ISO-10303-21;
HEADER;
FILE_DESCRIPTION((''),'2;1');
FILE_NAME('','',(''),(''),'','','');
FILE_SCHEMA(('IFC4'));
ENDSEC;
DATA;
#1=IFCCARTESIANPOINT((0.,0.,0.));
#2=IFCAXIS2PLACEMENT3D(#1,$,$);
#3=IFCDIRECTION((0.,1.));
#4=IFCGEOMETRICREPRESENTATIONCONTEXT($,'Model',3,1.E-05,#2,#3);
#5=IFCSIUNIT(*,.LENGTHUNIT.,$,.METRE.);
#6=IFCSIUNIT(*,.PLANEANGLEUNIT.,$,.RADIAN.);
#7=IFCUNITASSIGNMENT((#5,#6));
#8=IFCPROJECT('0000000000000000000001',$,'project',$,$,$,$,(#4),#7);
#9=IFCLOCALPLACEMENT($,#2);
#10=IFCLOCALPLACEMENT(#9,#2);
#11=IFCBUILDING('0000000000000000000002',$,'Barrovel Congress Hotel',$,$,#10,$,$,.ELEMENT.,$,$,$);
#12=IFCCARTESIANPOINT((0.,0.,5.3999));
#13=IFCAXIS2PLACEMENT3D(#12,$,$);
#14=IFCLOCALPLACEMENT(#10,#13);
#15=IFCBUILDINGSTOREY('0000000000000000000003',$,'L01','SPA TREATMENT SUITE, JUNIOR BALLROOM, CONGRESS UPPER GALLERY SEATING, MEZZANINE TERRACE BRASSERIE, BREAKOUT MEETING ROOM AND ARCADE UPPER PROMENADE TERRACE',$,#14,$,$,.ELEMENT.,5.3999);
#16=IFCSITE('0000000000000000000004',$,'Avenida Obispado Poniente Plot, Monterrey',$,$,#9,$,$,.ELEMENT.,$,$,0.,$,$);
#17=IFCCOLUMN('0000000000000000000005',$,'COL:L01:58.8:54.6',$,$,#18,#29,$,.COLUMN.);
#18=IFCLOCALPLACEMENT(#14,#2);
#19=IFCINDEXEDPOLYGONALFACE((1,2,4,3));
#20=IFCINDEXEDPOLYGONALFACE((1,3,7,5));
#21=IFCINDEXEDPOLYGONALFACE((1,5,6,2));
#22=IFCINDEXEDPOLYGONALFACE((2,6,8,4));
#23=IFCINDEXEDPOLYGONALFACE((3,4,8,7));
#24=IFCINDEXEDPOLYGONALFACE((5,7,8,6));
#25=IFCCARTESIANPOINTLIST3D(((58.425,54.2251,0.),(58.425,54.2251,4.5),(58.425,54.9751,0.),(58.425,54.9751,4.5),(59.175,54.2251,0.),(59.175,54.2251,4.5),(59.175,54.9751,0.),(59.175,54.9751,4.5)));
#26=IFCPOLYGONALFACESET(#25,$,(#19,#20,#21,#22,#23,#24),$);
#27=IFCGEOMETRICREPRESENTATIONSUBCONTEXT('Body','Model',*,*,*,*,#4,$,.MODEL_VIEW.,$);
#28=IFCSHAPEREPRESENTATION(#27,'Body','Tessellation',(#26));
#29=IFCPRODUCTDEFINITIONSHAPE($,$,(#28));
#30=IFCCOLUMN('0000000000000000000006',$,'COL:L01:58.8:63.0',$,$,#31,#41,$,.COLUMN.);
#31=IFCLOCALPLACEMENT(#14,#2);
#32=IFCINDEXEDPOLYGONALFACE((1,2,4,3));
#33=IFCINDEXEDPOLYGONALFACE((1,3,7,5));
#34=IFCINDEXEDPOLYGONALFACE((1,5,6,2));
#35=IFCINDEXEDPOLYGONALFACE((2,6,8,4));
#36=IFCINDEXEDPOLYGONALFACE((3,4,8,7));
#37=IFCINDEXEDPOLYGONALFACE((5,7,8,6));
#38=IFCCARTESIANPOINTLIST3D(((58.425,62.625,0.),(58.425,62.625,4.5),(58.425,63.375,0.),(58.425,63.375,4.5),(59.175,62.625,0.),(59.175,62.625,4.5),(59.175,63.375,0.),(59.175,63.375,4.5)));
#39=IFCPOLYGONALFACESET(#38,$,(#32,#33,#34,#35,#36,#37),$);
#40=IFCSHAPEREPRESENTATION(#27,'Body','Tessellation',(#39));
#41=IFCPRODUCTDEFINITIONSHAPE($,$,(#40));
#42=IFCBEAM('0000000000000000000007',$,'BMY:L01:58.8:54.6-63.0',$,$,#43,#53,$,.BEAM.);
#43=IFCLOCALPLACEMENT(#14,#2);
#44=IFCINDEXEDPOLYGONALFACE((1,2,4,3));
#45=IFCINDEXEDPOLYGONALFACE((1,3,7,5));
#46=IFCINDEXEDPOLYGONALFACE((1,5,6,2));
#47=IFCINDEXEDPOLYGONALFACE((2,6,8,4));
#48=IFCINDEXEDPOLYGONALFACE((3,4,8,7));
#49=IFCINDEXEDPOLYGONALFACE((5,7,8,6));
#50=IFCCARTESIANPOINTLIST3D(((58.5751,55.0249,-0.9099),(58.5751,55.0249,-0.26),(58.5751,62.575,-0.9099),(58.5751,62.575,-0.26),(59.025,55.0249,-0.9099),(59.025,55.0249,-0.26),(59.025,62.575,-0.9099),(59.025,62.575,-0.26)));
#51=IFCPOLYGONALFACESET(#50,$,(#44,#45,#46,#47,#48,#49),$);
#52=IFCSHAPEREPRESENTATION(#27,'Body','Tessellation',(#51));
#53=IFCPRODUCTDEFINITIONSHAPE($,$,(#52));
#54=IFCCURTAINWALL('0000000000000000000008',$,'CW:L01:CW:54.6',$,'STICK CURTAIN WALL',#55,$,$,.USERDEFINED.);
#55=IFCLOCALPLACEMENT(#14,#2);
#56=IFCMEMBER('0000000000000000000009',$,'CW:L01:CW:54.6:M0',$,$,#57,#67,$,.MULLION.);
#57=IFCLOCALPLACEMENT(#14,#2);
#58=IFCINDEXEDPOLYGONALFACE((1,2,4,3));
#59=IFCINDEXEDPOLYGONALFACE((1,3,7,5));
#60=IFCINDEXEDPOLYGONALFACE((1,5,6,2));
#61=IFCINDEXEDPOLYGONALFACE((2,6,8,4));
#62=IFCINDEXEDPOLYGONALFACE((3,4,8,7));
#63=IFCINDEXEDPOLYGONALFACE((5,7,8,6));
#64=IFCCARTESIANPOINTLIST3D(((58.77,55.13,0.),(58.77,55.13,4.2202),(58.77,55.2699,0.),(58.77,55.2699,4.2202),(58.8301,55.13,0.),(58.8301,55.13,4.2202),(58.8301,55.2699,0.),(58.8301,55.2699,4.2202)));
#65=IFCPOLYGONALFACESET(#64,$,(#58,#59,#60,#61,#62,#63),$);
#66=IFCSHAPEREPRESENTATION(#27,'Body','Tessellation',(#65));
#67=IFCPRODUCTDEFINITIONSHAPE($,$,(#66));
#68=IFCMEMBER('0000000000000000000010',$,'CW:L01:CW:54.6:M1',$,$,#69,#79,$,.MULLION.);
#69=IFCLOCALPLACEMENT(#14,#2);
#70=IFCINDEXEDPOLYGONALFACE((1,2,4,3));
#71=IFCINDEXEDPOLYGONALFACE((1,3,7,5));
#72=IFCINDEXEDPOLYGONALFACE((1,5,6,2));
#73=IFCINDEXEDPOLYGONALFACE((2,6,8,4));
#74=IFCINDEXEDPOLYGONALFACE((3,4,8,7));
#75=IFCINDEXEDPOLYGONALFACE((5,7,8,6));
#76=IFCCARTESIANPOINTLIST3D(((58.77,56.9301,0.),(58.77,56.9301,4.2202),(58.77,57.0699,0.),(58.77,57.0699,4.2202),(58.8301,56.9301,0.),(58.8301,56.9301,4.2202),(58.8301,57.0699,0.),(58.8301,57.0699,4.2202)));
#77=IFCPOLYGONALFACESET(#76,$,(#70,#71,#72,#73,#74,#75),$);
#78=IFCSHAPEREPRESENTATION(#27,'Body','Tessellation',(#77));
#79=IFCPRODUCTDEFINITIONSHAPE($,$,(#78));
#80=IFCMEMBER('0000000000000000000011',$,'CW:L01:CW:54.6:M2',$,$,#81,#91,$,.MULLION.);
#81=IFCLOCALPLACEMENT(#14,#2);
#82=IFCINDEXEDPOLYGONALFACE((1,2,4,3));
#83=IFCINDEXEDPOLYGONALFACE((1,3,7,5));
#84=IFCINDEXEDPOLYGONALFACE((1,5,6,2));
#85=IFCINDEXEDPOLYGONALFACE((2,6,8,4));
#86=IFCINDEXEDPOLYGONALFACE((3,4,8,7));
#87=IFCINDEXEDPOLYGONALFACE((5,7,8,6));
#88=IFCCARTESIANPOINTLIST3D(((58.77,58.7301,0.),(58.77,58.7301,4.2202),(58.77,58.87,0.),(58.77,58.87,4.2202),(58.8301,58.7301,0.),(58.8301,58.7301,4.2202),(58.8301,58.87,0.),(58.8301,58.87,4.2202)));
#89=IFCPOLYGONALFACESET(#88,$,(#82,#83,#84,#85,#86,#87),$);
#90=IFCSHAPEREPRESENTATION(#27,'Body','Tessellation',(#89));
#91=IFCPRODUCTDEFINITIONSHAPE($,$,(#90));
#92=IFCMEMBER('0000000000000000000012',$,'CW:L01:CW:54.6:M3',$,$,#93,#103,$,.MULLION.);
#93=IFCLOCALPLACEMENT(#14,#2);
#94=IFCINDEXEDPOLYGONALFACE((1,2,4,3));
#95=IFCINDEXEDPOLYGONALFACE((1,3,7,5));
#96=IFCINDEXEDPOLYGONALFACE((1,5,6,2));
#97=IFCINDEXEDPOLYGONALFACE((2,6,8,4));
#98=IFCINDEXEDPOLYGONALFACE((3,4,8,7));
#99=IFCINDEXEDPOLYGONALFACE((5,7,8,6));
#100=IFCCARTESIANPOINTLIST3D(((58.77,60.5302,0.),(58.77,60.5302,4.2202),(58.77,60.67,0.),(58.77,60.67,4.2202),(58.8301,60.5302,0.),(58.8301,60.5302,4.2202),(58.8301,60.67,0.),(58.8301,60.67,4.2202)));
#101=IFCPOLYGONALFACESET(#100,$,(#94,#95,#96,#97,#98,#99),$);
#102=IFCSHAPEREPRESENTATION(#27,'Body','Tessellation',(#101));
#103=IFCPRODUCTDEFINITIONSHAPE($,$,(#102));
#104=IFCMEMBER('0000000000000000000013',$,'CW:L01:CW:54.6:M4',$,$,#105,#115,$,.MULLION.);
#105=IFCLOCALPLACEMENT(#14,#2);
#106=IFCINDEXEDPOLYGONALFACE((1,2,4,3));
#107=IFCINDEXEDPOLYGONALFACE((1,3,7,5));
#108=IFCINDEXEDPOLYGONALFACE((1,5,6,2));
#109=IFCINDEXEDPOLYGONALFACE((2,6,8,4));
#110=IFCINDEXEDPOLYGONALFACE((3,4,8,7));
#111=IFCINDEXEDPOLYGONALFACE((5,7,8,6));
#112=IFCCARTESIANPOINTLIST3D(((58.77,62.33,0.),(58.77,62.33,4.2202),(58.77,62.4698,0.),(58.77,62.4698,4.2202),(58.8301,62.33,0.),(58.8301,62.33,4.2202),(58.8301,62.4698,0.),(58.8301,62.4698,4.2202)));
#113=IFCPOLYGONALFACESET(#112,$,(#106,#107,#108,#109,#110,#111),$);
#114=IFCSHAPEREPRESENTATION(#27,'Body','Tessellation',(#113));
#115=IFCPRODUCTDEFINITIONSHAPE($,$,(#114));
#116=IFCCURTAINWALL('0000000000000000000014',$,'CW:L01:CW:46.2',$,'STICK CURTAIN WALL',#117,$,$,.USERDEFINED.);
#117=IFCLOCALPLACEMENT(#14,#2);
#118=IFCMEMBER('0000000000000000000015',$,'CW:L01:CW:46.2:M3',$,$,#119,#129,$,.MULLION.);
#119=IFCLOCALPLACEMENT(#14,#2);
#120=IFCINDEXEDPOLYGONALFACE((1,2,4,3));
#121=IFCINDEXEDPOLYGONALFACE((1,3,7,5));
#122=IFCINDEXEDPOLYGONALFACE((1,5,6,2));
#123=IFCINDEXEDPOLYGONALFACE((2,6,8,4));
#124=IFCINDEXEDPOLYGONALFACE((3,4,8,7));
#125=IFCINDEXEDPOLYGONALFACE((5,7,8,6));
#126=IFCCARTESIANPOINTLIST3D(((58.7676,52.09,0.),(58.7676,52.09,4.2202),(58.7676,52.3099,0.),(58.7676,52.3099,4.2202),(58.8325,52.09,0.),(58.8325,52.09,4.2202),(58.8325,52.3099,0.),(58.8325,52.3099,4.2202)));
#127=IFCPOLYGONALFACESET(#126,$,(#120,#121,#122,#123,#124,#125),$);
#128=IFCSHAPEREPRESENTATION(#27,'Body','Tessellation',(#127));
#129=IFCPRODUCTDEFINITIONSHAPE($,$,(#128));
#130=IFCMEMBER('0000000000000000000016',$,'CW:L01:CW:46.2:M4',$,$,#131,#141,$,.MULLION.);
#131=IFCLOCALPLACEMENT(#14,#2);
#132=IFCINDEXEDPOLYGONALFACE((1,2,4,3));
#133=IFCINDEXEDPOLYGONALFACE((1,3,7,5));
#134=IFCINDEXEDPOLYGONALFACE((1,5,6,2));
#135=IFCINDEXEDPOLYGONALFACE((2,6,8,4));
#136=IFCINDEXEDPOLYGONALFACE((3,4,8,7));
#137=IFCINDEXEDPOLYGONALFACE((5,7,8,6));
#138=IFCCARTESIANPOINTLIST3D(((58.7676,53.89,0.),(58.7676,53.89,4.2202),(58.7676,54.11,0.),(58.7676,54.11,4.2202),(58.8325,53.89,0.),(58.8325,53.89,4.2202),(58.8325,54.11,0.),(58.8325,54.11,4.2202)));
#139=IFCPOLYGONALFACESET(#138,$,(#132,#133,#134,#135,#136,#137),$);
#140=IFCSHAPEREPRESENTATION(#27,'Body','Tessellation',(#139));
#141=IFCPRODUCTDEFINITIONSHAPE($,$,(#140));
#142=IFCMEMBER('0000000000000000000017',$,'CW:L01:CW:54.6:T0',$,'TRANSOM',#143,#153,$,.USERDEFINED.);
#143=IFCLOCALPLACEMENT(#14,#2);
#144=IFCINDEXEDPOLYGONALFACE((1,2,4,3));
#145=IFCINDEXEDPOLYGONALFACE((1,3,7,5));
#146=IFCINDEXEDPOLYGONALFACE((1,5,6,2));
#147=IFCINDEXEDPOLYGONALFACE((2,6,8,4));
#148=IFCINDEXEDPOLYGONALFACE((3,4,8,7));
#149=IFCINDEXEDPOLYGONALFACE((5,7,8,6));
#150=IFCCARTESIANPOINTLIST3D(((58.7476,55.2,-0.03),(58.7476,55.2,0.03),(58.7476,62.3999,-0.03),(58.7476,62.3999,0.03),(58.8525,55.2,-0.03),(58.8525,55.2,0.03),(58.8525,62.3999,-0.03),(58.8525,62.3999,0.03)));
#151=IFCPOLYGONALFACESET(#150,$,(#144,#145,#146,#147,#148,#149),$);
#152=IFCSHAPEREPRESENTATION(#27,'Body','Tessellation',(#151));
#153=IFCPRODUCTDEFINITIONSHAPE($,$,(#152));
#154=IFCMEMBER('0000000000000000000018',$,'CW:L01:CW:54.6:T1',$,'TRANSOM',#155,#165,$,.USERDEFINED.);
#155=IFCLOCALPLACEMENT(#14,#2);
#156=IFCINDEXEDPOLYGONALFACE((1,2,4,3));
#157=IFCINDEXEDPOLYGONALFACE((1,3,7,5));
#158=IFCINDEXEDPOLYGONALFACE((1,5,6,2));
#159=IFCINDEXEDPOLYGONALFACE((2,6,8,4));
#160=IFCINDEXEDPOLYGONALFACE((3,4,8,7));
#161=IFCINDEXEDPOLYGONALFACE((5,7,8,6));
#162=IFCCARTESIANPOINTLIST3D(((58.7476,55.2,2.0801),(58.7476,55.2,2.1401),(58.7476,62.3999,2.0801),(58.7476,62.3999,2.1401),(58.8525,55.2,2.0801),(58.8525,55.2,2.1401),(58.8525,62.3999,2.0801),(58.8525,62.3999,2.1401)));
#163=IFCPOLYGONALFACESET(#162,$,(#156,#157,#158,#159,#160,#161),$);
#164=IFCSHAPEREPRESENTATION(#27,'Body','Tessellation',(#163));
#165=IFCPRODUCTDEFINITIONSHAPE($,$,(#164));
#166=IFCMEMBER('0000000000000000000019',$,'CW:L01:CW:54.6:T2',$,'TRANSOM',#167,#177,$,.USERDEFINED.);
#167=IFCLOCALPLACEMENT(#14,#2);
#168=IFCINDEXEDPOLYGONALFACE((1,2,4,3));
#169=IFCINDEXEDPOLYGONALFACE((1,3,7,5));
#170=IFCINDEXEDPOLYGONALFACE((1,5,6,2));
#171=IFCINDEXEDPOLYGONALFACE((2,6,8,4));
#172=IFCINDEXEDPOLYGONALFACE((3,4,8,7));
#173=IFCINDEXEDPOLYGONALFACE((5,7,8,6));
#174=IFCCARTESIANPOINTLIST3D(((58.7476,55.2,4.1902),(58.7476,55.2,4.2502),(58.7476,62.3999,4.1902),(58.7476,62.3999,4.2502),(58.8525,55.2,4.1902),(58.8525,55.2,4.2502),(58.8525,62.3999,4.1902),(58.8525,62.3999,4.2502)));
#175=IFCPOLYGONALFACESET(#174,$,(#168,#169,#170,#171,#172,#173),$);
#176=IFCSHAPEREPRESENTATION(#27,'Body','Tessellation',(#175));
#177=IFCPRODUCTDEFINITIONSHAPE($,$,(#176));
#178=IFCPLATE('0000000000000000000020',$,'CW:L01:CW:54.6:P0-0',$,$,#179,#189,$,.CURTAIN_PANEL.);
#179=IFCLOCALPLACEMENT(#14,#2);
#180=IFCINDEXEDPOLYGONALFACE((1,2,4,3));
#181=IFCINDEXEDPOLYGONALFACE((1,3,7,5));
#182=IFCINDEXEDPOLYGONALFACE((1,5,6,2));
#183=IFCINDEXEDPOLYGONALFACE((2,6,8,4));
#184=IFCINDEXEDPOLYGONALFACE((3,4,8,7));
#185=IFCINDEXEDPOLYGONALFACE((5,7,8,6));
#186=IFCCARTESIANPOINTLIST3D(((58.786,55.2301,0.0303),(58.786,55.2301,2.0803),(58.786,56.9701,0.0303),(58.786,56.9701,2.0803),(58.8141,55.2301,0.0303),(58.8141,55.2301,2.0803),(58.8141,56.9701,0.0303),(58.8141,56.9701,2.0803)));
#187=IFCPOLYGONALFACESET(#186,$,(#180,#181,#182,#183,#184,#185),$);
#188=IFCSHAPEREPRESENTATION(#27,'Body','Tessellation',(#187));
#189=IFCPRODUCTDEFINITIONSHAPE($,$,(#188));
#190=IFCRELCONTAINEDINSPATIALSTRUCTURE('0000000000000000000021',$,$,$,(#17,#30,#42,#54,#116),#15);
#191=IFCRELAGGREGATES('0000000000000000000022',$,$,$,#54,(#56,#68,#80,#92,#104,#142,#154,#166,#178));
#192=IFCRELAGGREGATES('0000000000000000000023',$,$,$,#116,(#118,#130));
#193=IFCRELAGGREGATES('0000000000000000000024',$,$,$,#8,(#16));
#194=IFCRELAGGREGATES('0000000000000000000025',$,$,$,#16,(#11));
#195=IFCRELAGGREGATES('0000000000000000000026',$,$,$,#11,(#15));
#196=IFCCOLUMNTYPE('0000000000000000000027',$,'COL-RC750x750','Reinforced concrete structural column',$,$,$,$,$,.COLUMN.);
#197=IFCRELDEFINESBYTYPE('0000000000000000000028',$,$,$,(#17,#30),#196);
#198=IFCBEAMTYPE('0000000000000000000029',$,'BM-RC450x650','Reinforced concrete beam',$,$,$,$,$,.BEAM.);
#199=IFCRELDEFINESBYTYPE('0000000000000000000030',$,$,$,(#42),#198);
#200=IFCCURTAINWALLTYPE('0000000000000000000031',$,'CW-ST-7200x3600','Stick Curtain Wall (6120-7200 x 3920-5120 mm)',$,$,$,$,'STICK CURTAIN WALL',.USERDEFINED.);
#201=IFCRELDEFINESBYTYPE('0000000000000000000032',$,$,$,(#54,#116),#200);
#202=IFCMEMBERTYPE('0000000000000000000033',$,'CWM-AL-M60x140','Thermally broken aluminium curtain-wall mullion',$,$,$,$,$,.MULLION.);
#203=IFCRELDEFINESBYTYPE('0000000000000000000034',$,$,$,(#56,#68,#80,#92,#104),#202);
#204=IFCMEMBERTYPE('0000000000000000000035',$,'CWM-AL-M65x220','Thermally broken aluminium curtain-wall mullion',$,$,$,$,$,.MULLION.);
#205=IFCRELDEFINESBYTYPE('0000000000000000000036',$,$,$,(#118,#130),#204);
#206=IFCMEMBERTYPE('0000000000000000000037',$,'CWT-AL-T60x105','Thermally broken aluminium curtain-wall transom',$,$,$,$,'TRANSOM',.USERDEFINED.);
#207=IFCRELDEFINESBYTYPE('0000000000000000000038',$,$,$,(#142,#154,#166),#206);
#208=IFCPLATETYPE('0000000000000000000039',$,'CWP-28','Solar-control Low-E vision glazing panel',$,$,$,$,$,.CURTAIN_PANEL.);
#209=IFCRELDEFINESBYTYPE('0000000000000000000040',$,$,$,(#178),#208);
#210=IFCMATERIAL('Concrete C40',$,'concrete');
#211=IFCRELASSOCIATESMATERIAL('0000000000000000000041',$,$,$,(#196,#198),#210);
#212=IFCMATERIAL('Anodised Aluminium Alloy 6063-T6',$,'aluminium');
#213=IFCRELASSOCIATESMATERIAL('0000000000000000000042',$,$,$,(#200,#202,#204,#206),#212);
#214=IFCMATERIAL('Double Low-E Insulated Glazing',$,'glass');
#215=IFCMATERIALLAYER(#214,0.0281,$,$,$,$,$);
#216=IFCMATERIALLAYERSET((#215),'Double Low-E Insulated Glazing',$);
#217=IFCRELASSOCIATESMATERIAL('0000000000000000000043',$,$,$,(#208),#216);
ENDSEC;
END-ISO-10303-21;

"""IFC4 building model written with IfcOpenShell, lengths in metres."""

from ifc_helpers import new_model, si_unit, direction, frame, origin, origin_2d, place, context, subcontext, project, spatial, rectangle, extrude, material, layer, layer_set, material_profile, profile_set, type_object, element, aggregate, save


model = new_model("IFC4")

# Units and contexts
model_context = context("Model", 3, precision=1e-05, world=origin(), true_north=direction((0.0, 1.0)))
body_context = subcontext(model_context, "Body", "Model", "MODEL_VIEW")
ifc_project = project(units=[si_unit("LENGTHUNIT", "METRE"), si_unit("PLANEANGLEUNIT", "RADIAN")], contexts=[model_context])

# Site, building, storey
site_placement = place(None, origin())
site = spatial("IfcSite", under=ifc_project, at=site_placement, Name="Avenida Obispado Poniente Plot, Monterrey", CompositionType="ELEMENT", RefElevation=0.0)
building_placement = place(site_placement, origin())
building = spatial("IfcBuilding", under=site, at=building_placement, Name="Barrovel Congress Hotel", CompositionType="ELEMENT")
storey_placement = place(building_placement, frame((0.0, 0.0, 5.3999)))
storey = spatial("IfcBuildingStorey", under=building, at=storey_placement, Name="L01", Description="SPA TREATMENT SUITE, JUNIOR BALLROOM, CONGRESS UPPER GALLERY SEATING, MEZZANINE TERRACE BRASSERIE, BREAKOUT MEETING ROOM AND ARCADE UPPER PROMENADE TERRACE", CompositionType="ELEMENT", Elevation=5.3999)

# Columns
ifc_material_1 = material(Name="Concrete C40", Category="concrete")
ifc_material_profile_1 = material_profile(ifc_material_1, rectangle(XDim=0.75, YDim=0.75, at=origin_2d()), Name="RC750x750")
ifc_profile_set_1 = profile_set([ifc_material_profile_1], Name="Concrete C40")
column_type = type_object("IfcColumnType", Name="COL-RC750x750", Description="Reinforced concrete structural column", PredefinedType="COLUMN", material=ifc_profile_set_1)
for number, where, z_axis, x_axis, name in (
    (1, (58.8, 54.6001, 0.0), (0.0, 0.0, 1.0), (1.0, 0.0, 0.0), "COL:L01:58.8:54.6"),
    (2, (58.8, 63.0, 0.0), (0.0, 0.0, 1.0), (1.0, 0.0, 0.0), "COL:L01:58.8:63.0"),
):
    element("IfcColumn", number, at=place(storey_placement, frame(where, z_axis=z_axis, x_axis=x_axis)), inside=storey, type_object=column_type, Name=name, PredefinedType="COLUMN", context=body_context, shape_type="SweptSolid", body=[
        extrude(rectangle(XDim=0.75, YDim=0.75, at=origin_2d()), origin(), (0.0, 0.0, 1.0), 4.5),
    ])

# Beam
ifc_material_profile_2 = material_profile(ifc_material_1, rectangle(XDim=0.45, YDim=0.6499, at=origin_2d()), Name="RC450x650")
ifc_profile_set_2 = profile_set([ifc_material_profile_2], Name="Concrete C40")
beam_type = type_object("IfcBeamType", Name="BM-RC450x650", Description="Reinforced concrete beam", PredefinedType="BEAM", material=ifc_profile_set_2)
beam_placement = place(storey_placement, frame((58.8, 55.0249, -0.585), z_axis=(0.0, 1.0, 0.0), x_axis=(-1.0, 0.0, 0.0)))
element("IfcBeam", 3, at=beam_placement, inside=storey, type_object=beam_type, Name="BMY:L01:58.8:54.6-63.0", PredefinedType="BEAM", context=body_context, shape_type="SweptSolid", body=[
    extrude(rectangle(XDim=0.45, YDim=0.6499, at=origin_2d()), origin(), (0.0, 0.0, 1.0), 7.55),
])

# Curtain walls, members
ifc_material_2 = material(Name="Anodised Aluminium Alloy 6063-T6", Category="aluminium")
curtain_wall_type = type_object("IfcCurtainWallType", Name="CW-ST-7200x3600", Description="Stick Curtain Wall (6120-7200 x 3920-5120 mm)", ElementType="STICK CURTAIN WALL", PredefinedType="USERDEFINED", material=ifc_material_2)
curtain_wall_1_placement = place(storey_placement, origin())
curtain_wall_1 = element("IfcCurtainWall", 4, at=curtain_wall_1_placement, inside=storey, type_object=curtain_wall_type, Name="CW:L01:CW:54.6", ObjectType="STICK CURTAIN WALL", PredefinedType="USERDEFINED")
ifc_material_profile_3 = material_profile(ifc_material_2, rectangle(XDim=0.0601, YDim=0.1399, at=origin_2d()), Name="AL-M60x140")
ifc_profile_set_3 = profile_set([ifc_material_profile_3], Name="Anodised Aluminium Alloy 6063-T6")
member_type_1 = type_object("IfcMemberType", Name="CWM-AL-M60x140", Description="Thermally broken aluminium curtain-wall mullion", PredefinedType="MULLION", material=ifc_profile_set_3)
member_1_placement = place(storey_placement, frame((58.8, 55.2, 0.0), z_axis=(0.0, 0.0, 1.0), x_axis=(1.0, 0.0, 0.0)))
member_1 = element("IfcMember", 5, at=member_1_placement, type_object=member_type_1, Name="CW:L01:CW:54.6:M0", PredefinedType="MULLION", context=body_context, shape_type="SweptSolid", body=[
    extrude(rectangle(XDim=0.0601, YDim=0.1399, at=origin_2d()), origin(), (0.0, 0.0, 1.0), 4.2202),
])
member_2_placement = place(storey_placement, frame((58.8, 57.0, 0.0), z_axis=(0.0, 0.0, 1.0), x_axis=(1.0, 0.0, 0.0)))
member_2 = element("IfcMember", 6, at=member_2_placement, type_object=member_type_1, Name="CW:L01:CW:54.6:M1", PredefinedType="MULLION", context=body_context, shape_type="SweptSolid", body=[
    extrude(rectangle(XDim=0.0601, YDim=0.1399, at=origin_2d()), origin(), (0.0, 0.0, 1.0), 4.2202),
])
member_3_placement = place(storey_placement, frame((58.8, 58.8, 0.0), z_axis=(0.0, 0.0, 1.0), x_axis=(1.0, 0.0, 0.0)))
member_3 = element("IfcMember", 7, at=member_3_placement, type_object=member_type_1, Name="CW:L01:CW:54.6:M2", PredefinedType="MULLION", context=body_context, shape_type="SweptSolid", body=[
    extrude(rectangle(XDim=0.0601, YDim=0.1399, at=origin_2d()), origin(), (0.0, 0.0, 1.0), 4.2202),
])
member_4_placement = place(storey_placement, frame((58.8, 60.6001, 0.0), z_axis=(0.0, 0.0, 1.0), x_axis=(1.0, 0.0, 0.0)))
member_4 = element("IfcMember", 8, at=member_4_placement, type_object=member_type_1, Name="CW:L01:CW:54.6:M3", PredefinedType="MULLION", context=body_context, shape_type="SweptSolid", body=[
    extrude(rectangle(XDim=0.0601, YDim=0.1399, at=origin_2d()), origin(), (0.0, 0.0, 1.0), 4.2202),
])
member_5_placement = place(storey_placement, frame((58.8, 62.3999, 0.0), z_axis=(0.0, 0.0, 1.0), x_axis=(1.0, 0.0, 0.0)))
member_5 = element("IfcMember", 9, at=member_5_placement, type_object=member_type_1, Name="CW:L01:CW:54.6:M4", PredefinedType="MULLION", context=body_context, shape_type="SweptSolid", body=[
    extrude(rectangle(XDim=0.0601, YDim=0.1399, at=origin_2d()), origin(), (0.0, 0.0, 1.0), 4.2202),
])
curtain_wall_2_placement = place(storey_placement, origin())
curtain_wall_2 = element("IfcCurtainWall", 10, at=curtain_wall_2_placement, inside=storey, type_object=curtain_wall_type, Name="CW:L01:CW:46.2", ObjectType="STICK CURTAIN WALL", PredefinedType="USERDEFINED")
ifc_material_profile_4 = material_profile(ifc_material_2, rectangle(XDim=0.0649, YDim=0.22, at=origin_2d()), Name="AL-M65x220")
ifc_profile_set_4 = profile_set([ifc_material_profile_4], Name="Anodised Aluminium Alloy 6063-T6")
member_type_2 = type_object("IfcMemberType", Name="CWM-AL-M65x220", Description="Thermally broken aluminium curtain-wall mullion", PredefinedType="MULLION", material=ifc_profile_set_4)
member_6_placement = place(storey_placement, frame((58.8, 52.2, 0.0), z_axis=(0.0, 0.0, 1.0), x_axis=(1.0, 0.0, 0.0)))
member_6 = element("IfcMember", 11, at=member_6_placement, type_object=member_type_2, Name="CW:L01:CW:46.2:M3", PredefinedType="MULLION", context=body_context, shape_type="SweptSolid", body=[
    extrude(rectangle(XDim=0.0649, YDim=0.22, at=origin_2d()), origin(), (0.0, 0.0, 1.0), 4.2202),
])
member_7_placement = place(storey_placement, frame((58.8, 54.0, 0.0), z_axis=(0.0, 0.0, 1.0), x_axis=(1.0, 0.0, 0.0)))
member_7 = element("IfcMember", 12, at=member_7_placement, type_object=member_type_2, Name="CW:L01:CW:46.2:M4", PredefinedType="MULLION", context=body_context, shape_type="SweptSolid", body=[
    extrude(rectangle(XDim=0.0649, YDim=0.22, at=origin_2d()), origin(), (0.0, 0.0, 1.0), 4.2202),
])

# Members
ifc_material_profile_5 = material_profile(ifc_material_2, rectangle(XDim=0.105, YDim=0.0601, at=origin_2d()), Name="AL-T60x105")
ifc_profile_set_5 = profile_set([ifc_material_profile_5], Name="Anodised Aluminium Alloy 6063-T6")
member_type_3 = type_object("IfcMemberType", Name="CWT-AL-T60x105", Description="Thermally broken aluminium curtain-wall transom", ElementType="TRANSOM", PredefinedType="USERDEFINED", material=ifc_profile_set_5)
member_8_placement = place(storey_placement, frame((58.8, 55.2, 0.0), z_axis=(0.0, 1.0, 0.0), x_axis=(-1.0, 0.0, 0.0)))
member_8 = element("IfcMember", 13, at=member_8_placement, type_object=member_type_3, Name="CW:L01:CW:54.6:T0", ObjectType="TRANSOM", PredefinedType="USERDEFINED", context=body_context, shape_type="SweptSolid", body=[
    extrude(rectangle(XDim=0.105, YDim=0.0601, at=origin_2d()), origin(), (0.0, 0.0, 1.0), 7.2),
])
member_9_placement = place(storey_placement, frame((58.8, 55.2, 2.1101), z_axis=(0.0, 1.0, 0.0), x_axis=(-1.0, 0.0, 0.0)))
member_9 = element("IfcMember", 14, at=member_9_placement, type_object=member_type_3, Name="CW:L01:CW:54.6:T1", ObjectType="TRANSOM", PredefinedType="USERDEFINED", context=body_context, shape_type="SweptSolid", body=[
    extrude(rectangle(XDim=0.105, YDim=0.0601, at=origin_2d()), origin(), (0.0, 0.0, 1.0), 7.2),
])
member_10_placement = place(storey_placement, frame((58.8, 55.2, 4.2202), z_axis=(0.0, 1.0, 0.0), x_axis=(-1.0, 0.0, 0.0)))
member_10 = element("IfcMember", 15, at=member_10_placement, type_object=member_type_3, Name="CW:L01:CW:54.6:T2", ObjectType="TRANSOM", PredefinedType="USERDEFINED", context=body_context, shape_type="SweptSolid", body=[
    extrude(rectangle(XDim=0.105, YDim=0.0601, at=origin_2d()), origin(), (0.0, 0.0, 1.0), 7.2),
])

# Plate
ifc_material_3 = material(Name="Double Low-E Insulated Glazing", Category="glass")
ifc_layer_1 = layer(ifc_material_3, 0.0281)
ifc_layer_set_1 = layer_set([ifc_layer_1], Name="Double Low-E Insulated Glazing")
plate_type_1 = type_object("IfcPlateType", Name="CWP-28", Description="Solar-control Low-E vision glazing panel", PredefinedType="CURTAIN_PANEL", material=ifc_layer_set_1)
plate_1_placement = place(storey_placement, frame((58.8, 56.1001, 0.0303), z_axis=(0.0, 0.0, 1.0), x_axis=(0.0, 1.0, 0.0)))
plate_1 = element("IfcPlate", 16, at=plate_1_placement, type_object=plate_type_1, Name="CW:L01:CW:54.6:P0-0", PredefinedType="CURTAIN_PANEL", context=body_context, shape_type="SweptSolid", body=[
    extrude(rectangle(XDim=1.74, YDim=0.0281, at=origin_2d()), origin(), (0.0, 0.0, 1.0), 2.05),
])
aggregate(curtain_wall_1, [member_1, member_2, member_3, member_4, member_5, member_8, member_9, member_10, plate_1])
aggregate(curtain_wall_2, [member_6, member_7])

save(model, "model.ifc")
